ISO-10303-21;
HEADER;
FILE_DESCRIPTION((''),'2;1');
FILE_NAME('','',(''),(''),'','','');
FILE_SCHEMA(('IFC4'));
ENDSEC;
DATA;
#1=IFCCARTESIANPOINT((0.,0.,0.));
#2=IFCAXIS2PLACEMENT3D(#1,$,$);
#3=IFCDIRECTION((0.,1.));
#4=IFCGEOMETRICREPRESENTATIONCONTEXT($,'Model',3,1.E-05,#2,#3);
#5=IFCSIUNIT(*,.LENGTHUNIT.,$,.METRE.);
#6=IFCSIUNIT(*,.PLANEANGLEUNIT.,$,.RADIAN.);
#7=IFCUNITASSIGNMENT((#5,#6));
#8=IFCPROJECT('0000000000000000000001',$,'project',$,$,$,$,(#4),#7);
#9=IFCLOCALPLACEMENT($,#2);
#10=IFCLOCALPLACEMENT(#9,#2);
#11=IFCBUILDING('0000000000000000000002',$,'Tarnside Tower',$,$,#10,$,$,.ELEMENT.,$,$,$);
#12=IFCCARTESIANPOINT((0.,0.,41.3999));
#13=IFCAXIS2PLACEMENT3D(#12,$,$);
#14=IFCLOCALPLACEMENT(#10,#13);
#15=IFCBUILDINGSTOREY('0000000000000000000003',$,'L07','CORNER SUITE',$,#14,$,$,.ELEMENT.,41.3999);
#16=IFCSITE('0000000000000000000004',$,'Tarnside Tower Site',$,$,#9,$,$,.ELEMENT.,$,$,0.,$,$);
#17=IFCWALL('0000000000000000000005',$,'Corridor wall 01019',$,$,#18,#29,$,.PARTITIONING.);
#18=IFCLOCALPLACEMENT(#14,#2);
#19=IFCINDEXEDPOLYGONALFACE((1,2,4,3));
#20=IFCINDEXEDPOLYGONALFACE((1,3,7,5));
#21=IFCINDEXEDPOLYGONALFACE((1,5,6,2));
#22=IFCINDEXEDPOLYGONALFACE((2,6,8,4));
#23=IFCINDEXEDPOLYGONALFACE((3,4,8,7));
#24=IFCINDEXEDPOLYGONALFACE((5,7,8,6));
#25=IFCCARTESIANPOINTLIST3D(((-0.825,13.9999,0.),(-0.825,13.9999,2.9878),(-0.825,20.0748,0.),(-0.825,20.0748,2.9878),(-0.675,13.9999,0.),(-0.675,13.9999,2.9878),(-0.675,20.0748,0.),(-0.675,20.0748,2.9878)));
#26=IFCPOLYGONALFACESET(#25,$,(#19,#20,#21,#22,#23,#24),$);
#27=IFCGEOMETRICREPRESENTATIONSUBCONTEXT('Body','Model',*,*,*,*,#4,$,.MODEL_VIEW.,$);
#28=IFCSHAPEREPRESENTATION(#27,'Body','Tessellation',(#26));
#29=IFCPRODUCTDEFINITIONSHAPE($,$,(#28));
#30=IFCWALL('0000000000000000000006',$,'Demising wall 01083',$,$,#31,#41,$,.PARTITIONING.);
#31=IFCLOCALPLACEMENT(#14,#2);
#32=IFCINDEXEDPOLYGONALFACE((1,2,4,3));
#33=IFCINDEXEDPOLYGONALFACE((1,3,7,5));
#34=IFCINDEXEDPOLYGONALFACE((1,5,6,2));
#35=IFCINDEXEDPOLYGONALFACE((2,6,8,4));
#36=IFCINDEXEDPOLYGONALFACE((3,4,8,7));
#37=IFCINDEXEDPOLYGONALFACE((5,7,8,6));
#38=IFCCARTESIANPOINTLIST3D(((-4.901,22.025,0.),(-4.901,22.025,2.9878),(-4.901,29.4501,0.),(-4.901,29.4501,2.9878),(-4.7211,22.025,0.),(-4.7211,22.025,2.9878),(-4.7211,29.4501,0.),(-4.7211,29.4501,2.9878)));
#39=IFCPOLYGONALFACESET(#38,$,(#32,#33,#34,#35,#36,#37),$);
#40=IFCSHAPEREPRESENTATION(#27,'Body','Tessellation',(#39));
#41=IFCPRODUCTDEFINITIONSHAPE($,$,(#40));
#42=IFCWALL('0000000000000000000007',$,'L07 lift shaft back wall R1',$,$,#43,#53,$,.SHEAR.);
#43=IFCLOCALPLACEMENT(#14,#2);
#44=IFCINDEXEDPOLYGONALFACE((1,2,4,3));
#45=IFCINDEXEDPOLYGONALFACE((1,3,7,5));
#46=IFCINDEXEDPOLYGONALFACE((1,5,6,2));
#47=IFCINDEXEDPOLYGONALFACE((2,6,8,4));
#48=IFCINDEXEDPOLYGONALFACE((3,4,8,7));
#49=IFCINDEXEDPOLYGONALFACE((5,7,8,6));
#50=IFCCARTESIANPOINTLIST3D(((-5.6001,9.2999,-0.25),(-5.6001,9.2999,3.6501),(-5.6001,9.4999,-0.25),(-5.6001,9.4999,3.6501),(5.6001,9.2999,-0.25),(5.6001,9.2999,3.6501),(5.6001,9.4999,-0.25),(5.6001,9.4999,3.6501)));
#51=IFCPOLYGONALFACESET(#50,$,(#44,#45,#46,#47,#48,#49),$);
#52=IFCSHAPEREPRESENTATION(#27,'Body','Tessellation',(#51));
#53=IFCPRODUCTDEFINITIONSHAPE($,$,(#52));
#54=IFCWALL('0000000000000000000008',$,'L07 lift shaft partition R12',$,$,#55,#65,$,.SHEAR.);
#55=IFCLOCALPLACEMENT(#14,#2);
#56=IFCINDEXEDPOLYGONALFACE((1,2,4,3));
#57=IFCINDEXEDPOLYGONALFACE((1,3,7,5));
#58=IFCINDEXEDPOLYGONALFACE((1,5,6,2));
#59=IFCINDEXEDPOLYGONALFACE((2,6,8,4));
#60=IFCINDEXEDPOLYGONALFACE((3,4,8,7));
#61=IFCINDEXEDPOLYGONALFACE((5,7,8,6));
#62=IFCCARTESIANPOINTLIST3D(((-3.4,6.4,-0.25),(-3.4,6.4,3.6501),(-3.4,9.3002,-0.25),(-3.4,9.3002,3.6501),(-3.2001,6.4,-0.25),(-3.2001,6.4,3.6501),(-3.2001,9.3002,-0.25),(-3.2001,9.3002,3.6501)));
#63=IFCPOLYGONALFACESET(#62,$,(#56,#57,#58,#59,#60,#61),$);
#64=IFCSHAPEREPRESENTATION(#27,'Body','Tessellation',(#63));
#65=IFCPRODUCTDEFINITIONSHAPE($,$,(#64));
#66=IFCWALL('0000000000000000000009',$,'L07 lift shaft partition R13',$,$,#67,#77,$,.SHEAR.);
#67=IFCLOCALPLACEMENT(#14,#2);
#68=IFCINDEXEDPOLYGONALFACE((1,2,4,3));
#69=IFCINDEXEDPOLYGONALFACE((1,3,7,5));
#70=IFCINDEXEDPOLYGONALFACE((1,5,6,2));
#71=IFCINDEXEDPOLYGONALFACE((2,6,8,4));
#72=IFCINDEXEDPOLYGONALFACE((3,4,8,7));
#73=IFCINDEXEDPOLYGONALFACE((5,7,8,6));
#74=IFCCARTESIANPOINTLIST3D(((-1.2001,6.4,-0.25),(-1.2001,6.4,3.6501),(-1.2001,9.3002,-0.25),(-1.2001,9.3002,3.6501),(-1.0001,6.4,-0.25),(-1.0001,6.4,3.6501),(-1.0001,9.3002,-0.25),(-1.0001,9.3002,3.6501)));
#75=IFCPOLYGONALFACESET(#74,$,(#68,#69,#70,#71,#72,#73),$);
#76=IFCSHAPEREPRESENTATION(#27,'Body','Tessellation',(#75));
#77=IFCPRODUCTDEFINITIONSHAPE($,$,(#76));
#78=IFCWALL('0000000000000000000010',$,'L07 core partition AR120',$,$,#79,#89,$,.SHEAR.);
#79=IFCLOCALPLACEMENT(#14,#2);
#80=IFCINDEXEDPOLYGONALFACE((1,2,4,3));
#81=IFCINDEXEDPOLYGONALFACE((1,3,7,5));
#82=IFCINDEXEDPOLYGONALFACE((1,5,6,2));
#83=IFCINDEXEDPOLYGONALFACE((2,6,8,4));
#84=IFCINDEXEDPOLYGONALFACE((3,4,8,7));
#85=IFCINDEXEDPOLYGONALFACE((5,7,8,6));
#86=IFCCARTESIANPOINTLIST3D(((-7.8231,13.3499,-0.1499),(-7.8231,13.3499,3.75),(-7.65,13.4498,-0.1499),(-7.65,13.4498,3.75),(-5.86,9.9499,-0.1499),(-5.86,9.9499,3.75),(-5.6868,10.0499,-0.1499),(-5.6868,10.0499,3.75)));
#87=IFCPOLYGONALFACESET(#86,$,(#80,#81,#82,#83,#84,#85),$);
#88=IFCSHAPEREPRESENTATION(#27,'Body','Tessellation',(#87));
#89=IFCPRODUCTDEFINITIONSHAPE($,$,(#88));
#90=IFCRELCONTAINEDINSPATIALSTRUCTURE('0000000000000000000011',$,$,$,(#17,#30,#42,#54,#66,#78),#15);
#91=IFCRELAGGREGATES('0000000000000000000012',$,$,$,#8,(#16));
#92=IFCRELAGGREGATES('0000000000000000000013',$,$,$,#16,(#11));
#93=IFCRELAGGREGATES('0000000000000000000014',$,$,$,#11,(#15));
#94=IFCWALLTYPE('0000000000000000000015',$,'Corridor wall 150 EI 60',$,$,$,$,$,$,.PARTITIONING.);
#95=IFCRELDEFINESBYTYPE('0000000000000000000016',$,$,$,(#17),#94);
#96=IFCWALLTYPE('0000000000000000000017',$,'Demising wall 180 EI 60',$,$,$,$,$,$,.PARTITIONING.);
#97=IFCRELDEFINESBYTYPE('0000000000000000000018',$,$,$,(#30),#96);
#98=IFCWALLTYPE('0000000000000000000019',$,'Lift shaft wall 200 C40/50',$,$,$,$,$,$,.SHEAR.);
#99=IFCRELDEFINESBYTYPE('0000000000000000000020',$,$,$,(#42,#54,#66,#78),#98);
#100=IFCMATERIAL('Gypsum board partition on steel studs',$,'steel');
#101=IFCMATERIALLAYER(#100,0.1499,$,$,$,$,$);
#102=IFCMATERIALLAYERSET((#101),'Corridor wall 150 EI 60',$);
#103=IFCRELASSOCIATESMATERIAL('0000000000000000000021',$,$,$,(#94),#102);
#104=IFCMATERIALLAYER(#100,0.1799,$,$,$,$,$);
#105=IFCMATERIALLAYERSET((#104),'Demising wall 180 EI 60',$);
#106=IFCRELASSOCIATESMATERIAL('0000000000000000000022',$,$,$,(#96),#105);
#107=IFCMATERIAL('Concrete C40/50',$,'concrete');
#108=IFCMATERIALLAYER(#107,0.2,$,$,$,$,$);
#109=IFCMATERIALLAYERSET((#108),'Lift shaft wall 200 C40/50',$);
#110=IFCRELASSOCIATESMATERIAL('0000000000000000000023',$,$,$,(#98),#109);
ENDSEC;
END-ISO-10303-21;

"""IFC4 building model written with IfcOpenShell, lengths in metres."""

from ifc_helpers import new_model, si_unit, direction, frame, frame_2d, origin, place, context, subcontext, project, spatial, rectangle, extrude, material, layer, layer_set, type_object, element, save


model = new_model("IFC4")

# Units and contexts
model_context = context("Model", 3, precision=1e-05, world=origin(), true_north=direction((0.0, 1.0)))
body_context = subcontext(model_context, "Body", "Model", "MODEL_VIEW")
ifc_project = project(units=[si_unit("LENGTHUNIT", "METRE"), si_unit("PLANEANGLEUNIT", "RADIAN")], contexts=[model_context])

# Site, building, storey
site_placement = place(None, origin())
site = spatial("IfcSite", under=ifc_project, at=site_placement, Name="Tarnside Tower Site", CompositionType="ELEMENT", RefElevation=0.0)
building_placement = place(site_placement, origin())
building = spatial("IfcBuilding", under=site, at=building_placement, Name="Tarnside Tower", CompositionType="ELEMENT")
storey_placement = place(building_placement, frame((0.0, 0.0, 41.3999)))
storey = spatial("IfcBuildingStorey", under=building, at=storey_placement, Name="L07", Description="CORNER SUITE", CompositionType="ELEMENT", Elevation=41.3999)

# Shared definitions
ifc_material_1 = material(Name="Gypsum board partition on steel studs", Category="steel")

# Walls
ifc_layer_1 = layer(ifc_material_1, 0.1499)
ifc_layer_set_1 = layer_set([ifc_layer_1], Name="Corridor wall 150 EI 60")
wall_type_1 = type_object("IfcWallType", Name="Corridor wall 150 EI 60", PredefinedType="PARTITIONING", material=ifc_layer_set_1)
wall_1_placement = place(storey_placement, frame((-0.75, 20.075, 0.0), z_axis=(0.0, 0.0, 1.0), x_axis=(0.0, -1.0, 0.0)))
element("IfcWall", 1, at=wall_1_placement, inside=storey, type_object=wall_type_1, Name="Corridor wall 01019", PredefinedType="PARTITIONING", context=body_context, shape_type="SweptSolid", body=[
    extrude(rectangle(XDim=6.075, YDim=0.1499, at=frame_2d((3.0376, 0.0))), origin(), (0.0, 0.0, 1.0), 2.9878),
])
ifc_layer_2 = layer(ifc_material_1, 0.1799)
ifc_layer_set_2 = layer_set([ifc_layer_2], Name="Demising wall 180 EI 60")
wall_type_2 = type_object("IfcWallType", Name="Demising wall 180 EI 60", PredefinedType="PARTITIONING", material=ifc_layer_set_2)
wall_2_placement = place(storey_placement, frame((-4.811, 29.45, 0.0), z_axis=(0.0, 0.0, 1.0), x_axis=(0.0, -1.0, 0.0)))
element("IfcWall", 2, at=wall_2_placement, inside=storey, type_object=wall_type_2, Name="Demising wall 01083", PredefinedType="PARTITIONING", context=body_context, shape_type="SweptSolid", body=[
    extrude(rectangle(XDim=7.425, YDim=0.1799, at=frame_2d((3.7124, 0.0))), origin(), (0.0, 0.0, 1.0), 2.9878),
])
ifc_material_2 = material(Name="Concrete C40/50", Category="concrete")
ifc_layer_3 = layer(ifc_material_2, 0.2)
ifc_layer_set_3 = layer_set([ifc_layer_3], Name="Lift shaft wall 200 C40/50")
wall_type_3 = type_object("IfcWallType", Name="Lift shaft wall 200 C40/50", PredefinedType="SHEAR", material=ifc_layer_set_3)
wall_3_placement = place(storey_placement, frame((-5.6001, 9.3999, -0.25), z_axis=(0.0, 0.0, 1.0), x_axis=(1.0, 0.0, 0.0)))
element("IfcWall", 3, at=wall_3_placement, inside=storey, type_object=wall_type_3, Name="L07 lift shaft back wall R1", PredefinedType="SHEAR", context=body_context, shape_type="SweptSolid", body=[
    extrude(rectangle(XDim=11.2002, YDim=0.2, at=frame_2d((5.6001, 0.0))), origin(), (0.0, 0.0, 1.0), 3.9001),
])
for number, where, z_axis, x_axis, name in (
    (4, (-3.3, 6.3999, -0.25), (0.0, 0.0, 1.0), (0.0, 1.0, 0.0), "L07 lift shaft partition R12"),
    (5, (-1.1001, 6.3999, -0.25), (0.0, 0.0, 1.0), (0.0, 1.0, 0.0), "L07 lift shaft partition R13"),
):
    element("IfcWall", number, at=place(storey_placement, frame(where, z_axis=z_axis, x_axis=x_axis)), inside=storey, type_object=wall_type_3, Name=name, PredefinedType="SHEAR", context=body_context, shape_type="SweptSolid", body=[
        extrude(rectangle(XDim=2.9001, YDim=0.2, at=frame_2d((1.4502, 0.0))), origin(), (0.0, 0.0, 1.0), 3.9001),
    ])
wall_4_placement = place(storey_placement, frame((-5.7734, 10.0, -0.1499), z_axis=(0.0, 0.0, 1.0), x_axis=(-0.500038, 0.866003, 0.0)))
element("IfcWall", 6, at=wall_4_placement, inside=storey, type_object=wall_type_3, Name="L07 core partition AR120", PredefinedType="SHEAR", context=body_context, shape_type="SweptSolid", body=[
    extrude(rectangle(XDim=3.926, YDim=0.2, at=frame_2d((1.9629, 0.0))), origin(), (0.0, 0.0, 1.0), 3.8999),
])

save(model, "model.ifc")
